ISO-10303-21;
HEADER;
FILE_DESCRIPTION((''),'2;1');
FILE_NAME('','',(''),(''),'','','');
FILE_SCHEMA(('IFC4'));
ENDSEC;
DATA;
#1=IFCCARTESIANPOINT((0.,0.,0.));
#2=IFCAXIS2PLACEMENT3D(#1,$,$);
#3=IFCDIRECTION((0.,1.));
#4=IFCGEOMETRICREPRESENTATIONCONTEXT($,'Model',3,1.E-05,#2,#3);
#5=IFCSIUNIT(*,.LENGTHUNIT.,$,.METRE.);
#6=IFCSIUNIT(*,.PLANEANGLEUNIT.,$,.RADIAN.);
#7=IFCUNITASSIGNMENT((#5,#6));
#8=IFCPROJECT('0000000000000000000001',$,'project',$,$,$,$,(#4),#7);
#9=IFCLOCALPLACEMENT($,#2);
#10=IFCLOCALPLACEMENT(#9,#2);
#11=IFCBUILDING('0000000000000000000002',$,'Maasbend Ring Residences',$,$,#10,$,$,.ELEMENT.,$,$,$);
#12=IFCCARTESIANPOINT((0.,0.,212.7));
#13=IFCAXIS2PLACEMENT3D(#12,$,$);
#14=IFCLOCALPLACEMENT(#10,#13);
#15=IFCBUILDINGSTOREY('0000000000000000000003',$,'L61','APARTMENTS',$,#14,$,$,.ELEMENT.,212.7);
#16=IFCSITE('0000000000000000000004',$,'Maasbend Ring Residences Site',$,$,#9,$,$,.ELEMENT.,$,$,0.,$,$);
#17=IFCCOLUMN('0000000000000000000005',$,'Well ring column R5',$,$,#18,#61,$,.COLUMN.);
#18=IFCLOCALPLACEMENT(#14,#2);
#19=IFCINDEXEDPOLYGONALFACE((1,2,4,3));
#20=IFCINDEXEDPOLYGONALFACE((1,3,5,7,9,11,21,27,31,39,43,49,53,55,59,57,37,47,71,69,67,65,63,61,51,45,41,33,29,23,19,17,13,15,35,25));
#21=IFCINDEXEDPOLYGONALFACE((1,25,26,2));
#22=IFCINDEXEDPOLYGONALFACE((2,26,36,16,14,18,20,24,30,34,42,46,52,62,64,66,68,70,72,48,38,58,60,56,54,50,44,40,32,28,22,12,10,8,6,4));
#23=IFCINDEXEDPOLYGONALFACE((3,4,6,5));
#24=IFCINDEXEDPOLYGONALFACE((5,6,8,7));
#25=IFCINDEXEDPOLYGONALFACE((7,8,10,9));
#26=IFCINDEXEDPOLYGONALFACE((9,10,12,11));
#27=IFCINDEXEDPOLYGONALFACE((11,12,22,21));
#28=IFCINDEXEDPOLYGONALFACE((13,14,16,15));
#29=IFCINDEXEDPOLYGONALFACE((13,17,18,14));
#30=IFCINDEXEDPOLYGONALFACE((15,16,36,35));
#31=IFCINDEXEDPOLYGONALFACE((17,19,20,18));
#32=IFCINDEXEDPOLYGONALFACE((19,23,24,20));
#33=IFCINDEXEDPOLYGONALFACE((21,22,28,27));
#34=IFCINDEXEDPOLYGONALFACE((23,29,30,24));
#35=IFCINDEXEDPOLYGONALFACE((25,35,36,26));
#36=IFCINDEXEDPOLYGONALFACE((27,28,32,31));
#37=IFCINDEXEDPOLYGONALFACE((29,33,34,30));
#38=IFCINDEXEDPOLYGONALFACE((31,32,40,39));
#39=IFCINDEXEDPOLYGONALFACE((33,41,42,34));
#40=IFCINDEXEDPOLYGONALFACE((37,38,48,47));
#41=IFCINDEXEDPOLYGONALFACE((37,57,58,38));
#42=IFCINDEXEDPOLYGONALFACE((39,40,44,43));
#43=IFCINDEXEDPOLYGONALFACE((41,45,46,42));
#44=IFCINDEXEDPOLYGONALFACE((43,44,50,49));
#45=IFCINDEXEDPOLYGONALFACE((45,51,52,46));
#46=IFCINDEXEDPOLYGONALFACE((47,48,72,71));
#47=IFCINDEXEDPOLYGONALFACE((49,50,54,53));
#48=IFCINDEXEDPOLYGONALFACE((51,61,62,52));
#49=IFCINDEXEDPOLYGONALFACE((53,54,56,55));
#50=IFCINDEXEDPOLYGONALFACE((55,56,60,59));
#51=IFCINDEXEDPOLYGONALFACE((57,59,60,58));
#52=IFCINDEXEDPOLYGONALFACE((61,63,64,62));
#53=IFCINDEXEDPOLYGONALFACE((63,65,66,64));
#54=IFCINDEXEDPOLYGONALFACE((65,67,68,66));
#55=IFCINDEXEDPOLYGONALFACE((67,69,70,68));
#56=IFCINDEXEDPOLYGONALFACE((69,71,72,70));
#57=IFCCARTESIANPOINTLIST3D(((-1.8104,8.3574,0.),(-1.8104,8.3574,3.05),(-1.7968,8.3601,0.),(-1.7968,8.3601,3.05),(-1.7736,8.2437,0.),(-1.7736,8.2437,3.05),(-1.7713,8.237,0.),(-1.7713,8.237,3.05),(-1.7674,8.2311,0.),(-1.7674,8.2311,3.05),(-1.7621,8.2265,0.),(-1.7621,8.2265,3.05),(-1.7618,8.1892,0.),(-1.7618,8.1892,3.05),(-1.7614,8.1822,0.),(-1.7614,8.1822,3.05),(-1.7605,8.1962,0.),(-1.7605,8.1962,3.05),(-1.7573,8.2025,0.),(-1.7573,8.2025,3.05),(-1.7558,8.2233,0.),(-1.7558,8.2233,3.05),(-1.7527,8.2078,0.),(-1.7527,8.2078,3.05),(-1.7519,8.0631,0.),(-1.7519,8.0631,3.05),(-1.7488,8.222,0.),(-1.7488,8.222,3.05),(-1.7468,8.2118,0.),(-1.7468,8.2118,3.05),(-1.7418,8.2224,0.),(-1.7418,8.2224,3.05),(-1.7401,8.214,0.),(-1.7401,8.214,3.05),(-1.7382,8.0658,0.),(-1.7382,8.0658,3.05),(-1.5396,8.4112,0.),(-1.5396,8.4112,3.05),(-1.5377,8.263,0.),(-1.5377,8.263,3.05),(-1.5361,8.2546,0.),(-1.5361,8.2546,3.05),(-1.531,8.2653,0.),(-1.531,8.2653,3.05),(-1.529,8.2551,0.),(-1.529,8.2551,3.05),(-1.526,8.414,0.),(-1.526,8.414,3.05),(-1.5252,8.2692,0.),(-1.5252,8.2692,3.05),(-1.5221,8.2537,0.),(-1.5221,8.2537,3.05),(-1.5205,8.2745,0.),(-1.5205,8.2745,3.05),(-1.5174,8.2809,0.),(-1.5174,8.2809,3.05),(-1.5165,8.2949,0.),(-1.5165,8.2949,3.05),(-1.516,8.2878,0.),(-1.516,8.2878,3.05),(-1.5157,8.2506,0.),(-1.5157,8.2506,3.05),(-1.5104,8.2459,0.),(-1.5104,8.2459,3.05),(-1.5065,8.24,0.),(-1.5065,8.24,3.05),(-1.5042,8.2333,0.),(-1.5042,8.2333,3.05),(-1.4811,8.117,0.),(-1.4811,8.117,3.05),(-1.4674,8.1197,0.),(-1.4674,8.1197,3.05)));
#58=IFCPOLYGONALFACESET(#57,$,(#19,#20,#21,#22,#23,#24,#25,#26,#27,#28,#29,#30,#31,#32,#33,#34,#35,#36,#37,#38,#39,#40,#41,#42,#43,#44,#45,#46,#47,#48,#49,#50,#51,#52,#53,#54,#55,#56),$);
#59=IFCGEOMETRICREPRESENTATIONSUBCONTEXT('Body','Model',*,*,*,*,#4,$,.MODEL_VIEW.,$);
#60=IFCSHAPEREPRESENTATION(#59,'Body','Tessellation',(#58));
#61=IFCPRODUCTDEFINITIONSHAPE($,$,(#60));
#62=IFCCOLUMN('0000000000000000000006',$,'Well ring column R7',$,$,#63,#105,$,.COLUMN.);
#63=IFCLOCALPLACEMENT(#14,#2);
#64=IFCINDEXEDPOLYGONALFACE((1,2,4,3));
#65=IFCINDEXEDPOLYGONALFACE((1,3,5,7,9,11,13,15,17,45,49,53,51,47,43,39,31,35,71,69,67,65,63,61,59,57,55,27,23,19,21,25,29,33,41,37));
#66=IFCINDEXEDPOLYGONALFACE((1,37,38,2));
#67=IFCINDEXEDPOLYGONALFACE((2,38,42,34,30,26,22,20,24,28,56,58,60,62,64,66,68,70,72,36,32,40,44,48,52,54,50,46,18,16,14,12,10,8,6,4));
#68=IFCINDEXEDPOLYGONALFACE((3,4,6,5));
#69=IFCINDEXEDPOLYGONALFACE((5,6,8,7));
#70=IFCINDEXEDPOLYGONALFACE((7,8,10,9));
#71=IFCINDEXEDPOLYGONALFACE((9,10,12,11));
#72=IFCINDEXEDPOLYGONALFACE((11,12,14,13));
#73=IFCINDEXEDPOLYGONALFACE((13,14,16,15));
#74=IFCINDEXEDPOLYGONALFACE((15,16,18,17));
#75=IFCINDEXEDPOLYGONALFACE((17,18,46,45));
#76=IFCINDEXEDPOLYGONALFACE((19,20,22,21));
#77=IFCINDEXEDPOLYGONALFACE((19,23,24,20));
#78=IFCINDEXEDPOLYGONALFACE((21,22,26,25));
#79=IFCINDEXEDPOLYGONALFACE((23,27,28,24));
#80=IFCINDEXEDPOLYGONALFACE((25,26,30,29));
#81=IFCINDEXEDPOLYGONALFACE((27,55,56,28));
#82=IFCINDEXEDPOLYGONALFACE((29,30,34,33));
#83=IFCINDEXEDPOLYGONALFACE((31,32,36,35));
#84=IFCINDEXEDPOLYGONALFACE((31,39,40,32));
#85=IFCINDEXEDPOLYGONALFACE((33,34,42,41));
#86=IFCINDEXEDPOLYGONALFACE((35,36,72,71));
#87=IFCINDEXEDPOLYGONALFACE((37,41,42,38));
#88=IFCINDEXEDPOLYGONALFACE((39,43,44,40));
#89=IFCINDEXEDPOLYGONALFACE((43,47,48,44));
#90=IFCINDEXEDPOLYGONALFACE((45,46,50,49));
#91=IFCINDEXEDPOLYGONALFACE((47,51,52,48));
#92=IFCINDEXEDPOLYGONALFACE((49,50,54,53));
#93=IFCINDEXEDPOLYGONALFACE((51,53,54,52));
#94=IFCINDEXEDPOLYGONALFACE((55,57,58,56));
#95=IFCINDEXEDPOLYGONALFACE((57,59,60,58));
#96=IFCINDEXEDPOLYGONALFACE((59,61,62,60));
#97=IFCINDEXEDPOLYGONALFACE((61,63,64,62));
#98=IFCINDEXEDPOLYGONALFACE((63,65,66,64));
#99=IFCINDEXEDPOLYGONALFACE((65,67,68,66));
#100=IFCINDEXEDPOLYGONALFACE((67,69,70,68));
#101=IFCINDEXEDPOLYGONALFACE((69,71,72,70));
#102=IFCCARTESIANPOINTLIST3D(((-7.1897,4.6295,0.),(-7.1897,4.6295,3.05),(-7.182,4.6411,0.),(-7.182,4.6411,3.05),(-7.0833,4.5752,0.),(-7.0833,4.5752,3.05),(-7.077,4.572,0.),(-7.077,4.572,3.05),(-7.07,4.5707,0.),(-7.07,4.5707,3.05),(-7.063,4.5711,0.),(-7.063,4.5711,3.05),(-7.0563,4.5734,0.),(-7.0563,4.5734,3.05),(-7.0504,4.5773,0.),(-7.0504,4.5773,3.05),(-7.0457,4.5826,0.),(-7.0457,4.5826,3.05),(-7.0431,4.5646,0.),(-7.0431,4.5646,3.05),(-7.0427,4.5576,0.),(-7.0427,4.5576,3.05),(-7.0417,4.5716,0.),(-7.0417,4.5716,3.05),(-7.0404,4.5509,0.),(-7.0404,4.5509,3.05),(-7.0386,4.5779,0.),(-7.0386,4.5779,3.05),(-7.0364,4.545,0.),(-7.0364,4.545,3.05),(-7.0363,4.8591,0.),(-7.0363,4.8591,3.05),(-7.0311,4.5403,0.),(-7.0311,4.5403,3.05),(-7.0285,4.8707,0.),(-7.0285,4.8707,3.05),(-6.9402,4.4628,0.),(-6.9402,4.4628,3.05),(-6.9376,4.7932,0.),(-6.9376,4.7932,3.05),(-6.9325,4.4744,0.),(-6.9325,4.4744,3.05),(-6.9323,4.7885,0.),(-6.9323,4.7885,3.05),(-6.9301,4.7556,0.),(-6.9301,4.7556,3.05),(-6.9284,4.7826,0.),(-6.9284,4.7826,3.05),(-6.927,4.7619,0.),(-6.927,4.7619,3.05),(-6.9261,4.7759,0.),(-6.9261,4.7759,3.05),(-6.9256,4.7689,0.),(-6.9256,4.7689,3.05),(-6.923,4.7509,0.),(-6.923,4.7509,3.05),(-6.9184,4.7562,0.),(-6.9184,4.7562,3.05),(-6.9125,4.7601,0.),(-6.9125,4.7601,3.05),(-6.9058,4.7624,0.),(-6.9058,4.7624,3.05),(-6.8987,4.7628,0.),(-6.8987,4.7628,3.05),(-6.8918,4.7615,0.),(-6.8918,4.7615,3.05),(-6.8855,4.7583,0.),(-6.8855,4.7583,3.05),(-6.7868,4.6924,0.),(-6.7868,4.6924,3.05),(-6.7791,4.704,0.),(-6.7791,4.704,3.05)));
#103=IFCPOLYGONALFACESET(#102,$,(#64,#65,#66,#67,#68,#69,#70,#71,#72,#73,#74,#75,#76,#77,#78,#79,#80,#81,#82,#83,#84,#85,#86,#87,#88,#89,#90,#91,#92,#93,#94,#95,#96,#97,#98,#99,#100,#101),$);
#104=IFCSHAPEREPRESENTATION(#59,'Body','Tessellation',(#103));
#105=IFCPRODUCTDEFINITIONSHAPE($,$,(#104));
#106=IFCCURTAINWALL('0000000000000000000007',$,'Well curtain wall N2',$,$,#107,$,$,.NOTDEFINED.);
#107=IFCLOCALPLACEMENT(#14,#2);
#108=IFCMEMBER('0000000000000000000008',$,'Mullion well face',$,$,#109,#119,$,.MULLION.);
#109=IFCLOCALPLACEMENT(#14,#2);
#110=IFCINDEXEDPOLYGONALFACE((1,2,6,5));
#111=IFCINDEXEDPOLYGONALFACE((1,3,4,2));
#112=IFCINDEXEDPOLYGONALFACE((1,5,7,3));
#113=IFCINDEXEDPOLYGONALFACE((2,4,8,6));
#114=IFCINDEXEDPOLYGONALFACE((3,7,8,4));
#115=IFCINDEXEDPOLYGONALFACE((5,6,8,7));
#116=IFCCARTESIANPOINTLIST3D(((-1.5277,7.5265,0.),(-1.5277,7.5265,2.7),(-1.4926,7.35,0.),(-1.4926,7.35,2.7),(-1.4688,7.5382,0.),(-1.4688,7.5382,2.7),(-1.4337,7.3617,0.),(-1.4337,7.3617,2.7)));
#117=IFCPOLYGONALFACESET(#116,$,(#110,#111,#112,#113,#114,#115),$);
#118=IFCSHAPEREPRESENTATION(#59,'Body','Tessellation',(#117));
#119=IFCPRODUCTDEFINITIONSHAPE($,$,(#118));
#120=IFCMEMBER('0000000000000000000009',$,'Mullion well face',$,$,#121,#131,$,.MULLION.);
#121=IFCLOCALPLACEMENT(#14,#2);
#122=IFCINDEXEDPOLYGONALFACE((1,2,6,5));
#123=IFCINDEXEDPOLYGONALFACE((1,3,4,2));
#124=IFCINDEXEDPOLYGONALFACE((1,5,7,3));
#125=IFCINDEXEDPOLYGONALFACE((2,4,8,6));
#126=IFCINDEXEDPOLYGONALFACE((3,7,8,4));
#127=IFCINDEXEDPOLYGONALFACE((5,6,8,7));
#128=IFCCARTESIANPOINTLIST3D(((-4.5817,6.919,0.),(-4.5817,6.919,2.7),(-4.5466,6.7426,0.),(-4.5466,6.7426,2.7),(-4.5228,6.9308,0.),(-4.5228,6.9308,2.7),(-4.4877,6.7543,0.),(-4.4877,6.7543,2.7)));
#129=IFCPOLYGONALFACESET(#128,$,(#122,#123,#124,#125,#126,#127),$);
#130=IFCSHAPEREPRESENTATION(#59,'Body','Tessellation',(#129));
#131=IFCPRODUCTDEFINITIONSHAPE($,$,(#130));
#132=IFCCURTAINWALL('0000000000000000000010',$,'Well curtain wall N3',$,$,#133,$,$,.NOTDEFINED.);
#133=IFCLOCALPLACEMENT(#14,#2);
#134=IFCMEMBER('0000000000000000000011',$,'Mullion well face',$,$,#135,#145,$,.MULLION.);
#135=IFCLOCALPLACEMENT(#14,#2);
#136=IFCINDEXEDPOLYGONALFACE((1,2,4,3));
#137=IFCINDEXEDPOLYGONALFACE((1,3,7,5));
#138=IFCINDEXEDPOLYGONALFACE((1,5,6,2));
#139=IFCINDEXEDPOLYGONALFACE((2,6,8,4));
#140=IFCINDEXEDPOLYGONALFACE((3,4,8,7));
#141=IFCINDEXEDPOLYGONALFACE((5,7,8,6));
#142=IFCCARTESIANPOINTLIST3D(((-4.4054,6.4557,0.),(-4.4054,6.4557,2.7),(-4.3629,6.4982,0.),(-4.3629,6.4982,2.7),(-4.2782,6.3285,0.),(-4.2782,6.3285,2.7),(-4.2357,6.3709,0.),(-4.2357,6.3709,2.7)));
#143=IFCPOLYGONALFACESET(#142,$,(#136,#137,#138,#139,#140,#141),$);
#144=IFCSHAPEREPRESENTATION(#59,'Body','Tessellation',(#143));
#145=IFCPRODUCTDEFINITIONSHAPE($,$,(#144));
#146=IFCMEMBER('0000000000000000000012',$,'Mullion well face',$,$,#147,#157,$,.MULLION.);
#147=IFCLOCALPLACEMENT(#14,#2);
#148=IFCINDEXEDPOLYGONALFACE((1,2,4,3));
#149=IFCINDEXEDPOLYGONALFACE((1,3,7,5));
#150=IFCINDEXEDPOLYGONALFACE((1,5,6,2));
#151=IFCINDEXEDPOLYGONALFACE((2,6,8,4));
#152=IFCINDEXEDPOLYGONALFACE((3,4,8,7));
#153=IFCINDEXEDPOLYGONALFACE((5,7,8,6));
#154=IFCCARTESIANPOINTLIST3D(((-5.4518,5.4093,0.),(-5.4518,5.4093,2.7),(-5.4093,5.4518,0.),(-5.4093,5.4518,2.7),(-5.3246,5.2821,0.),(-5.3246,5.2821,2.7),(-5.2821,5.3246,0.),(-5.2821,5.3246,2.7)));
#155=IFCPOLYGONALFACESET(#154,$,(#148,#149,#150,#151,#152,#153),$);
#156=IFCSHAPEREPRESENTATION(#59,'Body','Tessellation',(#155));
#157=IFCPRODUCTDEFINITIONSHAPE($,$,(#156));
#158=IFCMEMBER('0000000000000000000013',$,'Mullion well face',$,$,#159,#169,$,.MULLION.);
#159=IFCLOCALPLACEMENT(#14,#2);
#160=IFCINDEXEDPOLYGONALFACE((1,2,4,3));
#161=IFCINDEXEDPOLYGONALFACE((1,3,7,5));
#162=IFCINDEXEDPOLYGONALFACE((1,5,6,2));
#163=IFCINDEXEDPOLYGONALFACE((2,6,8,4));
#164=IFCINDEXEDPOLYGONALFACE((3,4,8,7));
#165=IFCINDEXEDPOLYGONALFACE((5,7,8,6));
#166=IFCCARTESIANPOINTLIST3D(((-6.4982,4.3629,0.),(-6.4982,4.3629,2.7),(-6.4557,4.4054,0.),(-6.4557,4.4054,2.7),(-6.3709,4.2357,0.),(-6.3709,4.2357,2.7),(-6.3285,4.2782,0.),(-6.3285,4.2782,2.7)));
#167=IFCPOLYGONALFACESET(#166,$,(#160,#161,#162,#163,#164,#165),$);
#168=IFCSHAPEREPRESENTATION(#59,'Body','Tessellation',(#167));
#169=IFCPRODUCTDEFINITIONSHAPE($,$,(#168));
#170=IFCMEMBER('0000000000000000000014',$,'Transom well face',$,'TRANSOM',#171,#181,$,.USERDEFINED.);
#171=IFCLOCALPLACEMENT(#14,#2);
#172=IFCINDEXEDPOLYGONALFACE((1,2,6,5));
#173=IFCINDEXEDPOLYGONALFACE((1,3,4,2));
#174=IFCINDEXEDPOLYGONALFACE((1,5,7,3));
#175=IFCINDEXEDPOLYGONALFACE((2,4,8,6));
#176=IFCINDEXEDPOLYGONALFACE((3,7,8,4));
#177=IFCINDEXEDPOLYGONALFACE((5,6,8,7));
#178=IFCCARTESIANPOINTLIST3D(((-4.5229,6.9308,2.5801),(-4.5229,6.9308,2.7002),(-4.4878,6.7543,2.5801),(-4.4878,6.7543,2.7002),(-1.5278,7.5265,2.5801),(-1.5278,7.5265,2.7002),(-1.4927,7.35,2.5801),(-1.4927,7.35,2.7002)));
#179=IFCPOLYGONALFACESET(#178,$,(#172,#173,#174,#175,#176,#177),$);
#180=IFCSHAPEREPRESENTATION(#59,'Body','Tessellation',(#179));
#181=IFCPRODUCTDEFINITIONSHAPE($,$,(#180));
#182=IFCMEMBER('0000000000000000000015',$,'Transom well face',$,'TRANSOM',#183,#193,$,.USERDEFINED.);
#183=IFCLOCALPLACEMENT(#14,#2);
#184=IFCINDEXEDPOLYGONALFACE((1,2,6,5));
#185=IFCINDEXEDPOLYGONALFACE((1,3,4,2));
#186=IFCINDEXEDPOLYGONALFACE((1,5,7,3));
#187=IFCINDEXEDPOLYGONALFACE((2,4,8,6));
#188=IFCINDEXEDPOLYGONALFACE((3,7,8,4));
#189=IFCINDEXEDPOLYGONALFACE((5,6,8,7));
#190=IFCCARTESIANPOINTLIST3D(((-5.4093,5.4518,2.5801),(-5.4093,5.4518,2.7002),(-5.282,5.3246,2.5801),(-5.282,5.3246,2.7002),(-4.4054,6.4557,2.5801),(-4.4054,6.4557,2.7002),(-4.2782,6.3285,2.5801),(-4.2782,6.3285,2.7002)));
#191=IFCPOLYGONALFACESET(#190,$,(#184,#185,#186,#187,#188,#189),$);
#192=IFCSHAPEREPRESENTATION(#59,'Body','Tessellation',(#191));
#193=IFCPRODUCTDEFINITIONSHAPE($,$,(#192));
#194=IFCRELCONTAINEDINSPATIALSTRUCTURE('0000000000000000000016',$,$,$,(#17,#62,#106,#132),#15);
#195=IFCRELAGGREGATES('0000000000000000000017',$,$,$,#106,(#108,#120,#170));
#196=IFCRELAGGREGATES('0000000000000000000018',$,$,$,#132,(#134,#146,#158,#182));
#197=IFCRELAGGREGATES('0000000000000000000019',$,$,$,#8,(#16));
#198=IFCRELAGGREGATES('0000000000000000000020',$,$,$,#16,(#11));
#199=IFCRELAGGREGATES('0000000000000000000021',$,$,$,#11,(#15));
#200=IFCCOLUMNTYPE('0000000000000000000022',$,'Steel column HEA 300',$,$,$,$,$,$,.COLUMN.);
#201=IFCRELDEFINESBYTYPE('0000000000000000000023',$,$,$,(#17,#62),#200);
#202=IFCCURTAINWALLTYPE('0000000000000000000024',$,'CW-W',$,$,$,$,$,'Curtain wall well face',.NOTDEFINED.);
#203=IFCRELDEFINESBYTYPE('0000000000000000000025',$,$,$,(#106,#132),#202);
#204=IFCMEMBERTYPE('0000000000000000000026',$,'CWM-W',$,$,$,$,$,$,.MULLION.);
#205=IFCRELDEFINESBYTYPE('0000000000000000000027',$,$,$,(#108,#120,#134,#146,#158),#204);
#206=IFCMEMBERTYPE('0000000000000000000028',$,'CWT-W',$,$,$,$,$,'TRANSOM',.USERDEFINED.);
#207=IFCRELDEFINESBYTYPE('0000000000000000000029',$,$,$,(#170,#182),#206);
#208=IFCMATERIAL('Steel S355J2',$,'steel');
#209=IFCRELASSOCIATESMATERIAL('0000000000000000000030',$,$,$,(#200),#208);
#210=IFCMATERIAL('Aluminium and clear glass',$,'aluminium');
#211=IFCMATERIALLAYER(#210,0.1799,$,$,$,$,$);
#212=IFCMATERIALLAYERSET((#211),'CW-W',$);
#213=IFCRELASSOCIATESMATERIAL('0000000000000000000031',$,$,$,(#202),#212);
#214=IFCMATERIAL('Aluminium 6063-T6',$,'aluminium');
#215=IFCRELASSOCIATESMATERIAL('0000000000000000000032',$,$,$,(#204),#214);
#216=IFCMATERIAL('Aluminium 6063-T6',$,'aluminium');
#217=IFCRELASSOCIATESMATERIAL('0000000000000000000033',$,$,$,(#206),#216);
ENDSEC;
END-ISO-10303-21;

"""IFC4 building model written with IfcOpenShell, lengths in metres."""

from ifc_helpers import new_model, si_unit, direction, frame, origin, origin_2d, place, context, subcontext, project, spatial, rectangle, i_section, extrude, material, layer, layer_set, material_profile, profile_set, type_object, element, aggregate, save


model = new_model("IFC4")

# Units and contexts
model_context = context("Model", 3, precision=1e-05, world=origin(), true_north=direction((0.0, 1.0)))
body_context = subcontext(model_context, "Body", "Model", "MODEL_VIEW")
ifc_project = project(units=[si_unit("LENGTHUNIT", "METRE"), si_unit("PLANEANGLEUNIT", "RADIAN")], contexts=[model_context])

# Site, building, storey
site_placement = place(None, origin())
site = spatial("IfcSite", under=ifc_project, at=site_placement, Name="Maasbend Ring Residences Site", CompositionType="ELEMENT", RefElevation=0.0)
building_placement = place(site_placement, origin())
building = spatial("IfcBuilding", under=site, at=building_placement, Name="Maasbend Ring Residences", CompositionType="ELEMENT")
storey_placement = place(building_placement, frame((0.0, 0.0, 212.7)))
storey = spatial("IfcBuildingStorey", under=building, at=storey_placement, Name="L61", Description="APARTMENTS", CompositionType="ELEMENT", Elevation=212.7)

# Columns
ifc_material_1 = material(Name="Steel S355J2", Category="steel")
ifc_material_profile_1 = material_profile(ifc_material_1, i_section(OverallWidth=0.3, OverallDepth=0.29, WebThickness=0.0085, FlangeThickness=0.0139, FilletRadius=0.0271, at=origin_2d()), Name="HEA 300")
ifc_profile_set_1 = profile_set([ifc_material_profile_1], Name="Steel S355J2")
column_type = type_object("IfcColumnType", Name="Steel column HEA 300", PredefinedType="COLUMN", material=ifc_profile_set_1)
for number, where, z_axis, x_axis, name in (
    (1, (-1.6389, 8.2385, 0.0), (0.0, 0.0, 1.0), (-0.19509, 0.980785, 0.0), "Well ring column R5"),
    (2, (-6.9844, 4.6667, 0.0), (0.0, 0.0, 1.0), (-0.83147, 0.55557, 0.0), "Well ring column R7"),
):
    element("IfcColumn", number, at=place(storey_placement, frame(where, z_axis=z_axis, x_axis=x_axis)), inside=storey, type_object=column_type, Name=name, PredefinedType="COLUMN", context=body_context, shape_type="SweptSolid", body=[
        extrude(i_section(OverallWidth=0.3, OverallDepth=0.29, WebThickness=0.0085, FlangeThickness=0.0139, FilletRadius=0.0271, at=origin_2d()), origin(), (0.0, 0.0, 1.0), 3.05),
    ])

# Curtain walls, members
ifc_material_2 = material(Name="Aluminium and clear glass", Category="aluminium")
ifc_layer_1 = layer(ifc_material_2, 0.1799)
ifc_layer_set_1 = layer_set([ifc_layer_1], Name="CW-W")
curtain_wall_type = type_object("IfcCurtainWallType", Name="CW-W", ElementType="Curtain wall well face", PredefinedType="NOTDEFINED", material=ifc_layer_set_1)
curtain_wall_1_placement = place(storey_placement, origin())
curtain_wall_1 = element("IfcCurtainWall", 3, at=curtain_wall_1_placement, inside=storey, type_object=curtain_wall_type, Name="Well curtain wall N2", PredefinedType="NOTDEFINED")
ifc_material_3 = material(Name="Aluminium 6063-T6", Category="aluminium")
ifc_material_profile_2 = material_profile(ifc_material_3, rectangle(XDim=0.1799, YDim=0.0601, at=origin_2d()), Name="AL 180x60")
ifc_profile_set_2 = profile_set([ifc_material_profile_2], Name="Aluminium 6063-T6")
member_type_1 = type_object("IfcMemberType", Name="CWM-W", PredefinedType="MULLION", material=ifc_profile_set_2)
member_1_placement = place(storey_placement, frame((-1.4807, 7.4441, 0.0), z_axis=(0.0, 0.0, 1.0), x_axis=(0.19509, -0.980785, 0.0)))
member_1 = element("IfcMember", 4, at=member_1_placement, type_object=member_type_1, Name="Mullion well face", PredefinedType="MULLION", context=body_context, shape_type="SweptSolid", body=[
    extrude(rectangle(XDim=0.1799, YDim=0.0601, at=origin_2d()), origin(), (0.0, 0.0, 1.0), 2.7),
])
member_2_placement = place(storey_placement, frame((-4.5347, 6.8367, 0.0), z_axis=(0.0, 0.0, 1.0), x_axis=(0.19509, -0.980785, 0.0)))
member_2 = element("IfcMember", 5, at=member_2_placement, type_object=member_type_1, Name="Mullion well face", PredefinedType="MULLION", context=body_context, shape_type="SweptSolid", body=[
    extrude(rectangle(XDim=0.1799, YDim=0.0601, at=origin_2d()), origin(), (0.0, 0.0, 1.0), 2.7),
])
curtain_wall_2_placement = place(storey_placement, origin())
curtain_wall_2 = element("IfcCurtainWall", 6, at=curtain_wall_2_placement, inside=storey, type_object=curtain_wall_type, Name="Well curtain wall N3", PredefinedType="NOTDEFINED")
member_3_placement = place(storey_placement, frame((-4.3206, 6.4133, 0.0), z_axis=(0.0, 0.0, 1.0), x_axis=(0.707107, -0.707107, 0.0)))
member_3 = element("IfcMember", 7, at=member_3_placement, type_object=member_type_1, Name="Mullion well face", PredefinedType="MULLION", context=body_context, shape_type="SweptSolid", body=[
    extrude(rectangle(XDim=0.1799, YDim=0.0601, at=origin_2d()), origin(), (0.0, 0.0, 1.0), 2.7),
])
member_4_placement = place(storey_placement, frame((-5.3669, 5.3669, 0.0), z_axis=(0.0, 0.0, 1.0), x_axis=(0.707107, -0.707107, 0.0)))
member_4 = element("IfcMember", 8, at=member_4_placement, type_object=member_type_1, Name="Mullion well face", PredefinedType="MULLION", context=body_context, shape_type="SweptSolid", body=[
    extrude(rectangle(XDim=0.1799, YDim=0.0601, at=origin_2d()), origin(), (0.0, 0.0, 1.0), 2.7),
])
member_5_placement = place(storey_placement, frame((-6.4133, 4.3206, 0.0), z_axis=(0.0, 0.0, 1.0), x_axis=(0.707107, -0.707107, 0.0)))
member_5 = element("IfcMember", 9, at=member_5_placement, type_object=member_type_1, Name="Mullion well face", PredefinedType="MULLION", context=body_context, shape_type="SweptSolid", body=[
    extrude(rectangle(XDim=0.1799, YDim=0.0601, at=origin_2d()), origin(), (0.0, 0.0, 1.0), 2.7),
])

# Members
ifc_material_4 = material(Name="Aluminium 6063-T6", Category="aluminium")
ifc_material_profile_3 = material_profile(ifc_material_4, rectangle(XDim=0.1799, YDim=0.1201, at=origin_2d()), Name="AL 180x120")
ifc_profile_set_3 = profile_set([ifc_material_profile_3], Name="Aluminium 6063-T6")
member_type_2 = type_object("IfcMemberType", Name="CWT-W", ElementType="TRANSOM", PredefinedType="USERDEFINED", material=ifc_profile_set_3)
member_6_placement = place(storey_placement, frame((-1.5103, 7.4382, 2.6401), z_axis=(-0.980789, -0.195071, 0.0), x_axis=(0.195071, -0.980789, 0.0)))
member_6 = element("IfcMember", 10, at=member_6_placement, type_object=member_type_2, Name="Transom well face", ObjectType="TRANSOM", PredefinedType="USERDEFINED", context=body_context, shape_type="SweptSolid", body=[
    extrude(rectangle(XDim=0.1799, YDim=0.1201, at=origin_2d()), origin(), (0.0, 0.0, 1.0), 3.0537),
])
member_7_placement = place(storey_placement, frame((-4.3418, 6.3921, 2.6401), z_axis=(-0.707107, -0.707107, 0.0), x_axis=(0.707107, -0.707107, 0.0)))
member_7 = element("IfcMember", 11, at=member_7_placement, type_object=member_type_2, Name="Transom well face", ObjectType="TRANSOM", PredefinedType="USERDEFINED", context=body_context, shape_type="SweptSolid", body=[
    extrude(rectangle(XDim=0.1799, YDim=0.1201, at=origin_2d()), origin(), (0.0, 0.0, 1.0), 1.4197),
])

aggregate(curtain_wall_1, [member_1, member_2, member_6])
aggregate(curtain_wall_2, [member_3, member_4, member_5, member_7])

save(model, "model.ifc")
